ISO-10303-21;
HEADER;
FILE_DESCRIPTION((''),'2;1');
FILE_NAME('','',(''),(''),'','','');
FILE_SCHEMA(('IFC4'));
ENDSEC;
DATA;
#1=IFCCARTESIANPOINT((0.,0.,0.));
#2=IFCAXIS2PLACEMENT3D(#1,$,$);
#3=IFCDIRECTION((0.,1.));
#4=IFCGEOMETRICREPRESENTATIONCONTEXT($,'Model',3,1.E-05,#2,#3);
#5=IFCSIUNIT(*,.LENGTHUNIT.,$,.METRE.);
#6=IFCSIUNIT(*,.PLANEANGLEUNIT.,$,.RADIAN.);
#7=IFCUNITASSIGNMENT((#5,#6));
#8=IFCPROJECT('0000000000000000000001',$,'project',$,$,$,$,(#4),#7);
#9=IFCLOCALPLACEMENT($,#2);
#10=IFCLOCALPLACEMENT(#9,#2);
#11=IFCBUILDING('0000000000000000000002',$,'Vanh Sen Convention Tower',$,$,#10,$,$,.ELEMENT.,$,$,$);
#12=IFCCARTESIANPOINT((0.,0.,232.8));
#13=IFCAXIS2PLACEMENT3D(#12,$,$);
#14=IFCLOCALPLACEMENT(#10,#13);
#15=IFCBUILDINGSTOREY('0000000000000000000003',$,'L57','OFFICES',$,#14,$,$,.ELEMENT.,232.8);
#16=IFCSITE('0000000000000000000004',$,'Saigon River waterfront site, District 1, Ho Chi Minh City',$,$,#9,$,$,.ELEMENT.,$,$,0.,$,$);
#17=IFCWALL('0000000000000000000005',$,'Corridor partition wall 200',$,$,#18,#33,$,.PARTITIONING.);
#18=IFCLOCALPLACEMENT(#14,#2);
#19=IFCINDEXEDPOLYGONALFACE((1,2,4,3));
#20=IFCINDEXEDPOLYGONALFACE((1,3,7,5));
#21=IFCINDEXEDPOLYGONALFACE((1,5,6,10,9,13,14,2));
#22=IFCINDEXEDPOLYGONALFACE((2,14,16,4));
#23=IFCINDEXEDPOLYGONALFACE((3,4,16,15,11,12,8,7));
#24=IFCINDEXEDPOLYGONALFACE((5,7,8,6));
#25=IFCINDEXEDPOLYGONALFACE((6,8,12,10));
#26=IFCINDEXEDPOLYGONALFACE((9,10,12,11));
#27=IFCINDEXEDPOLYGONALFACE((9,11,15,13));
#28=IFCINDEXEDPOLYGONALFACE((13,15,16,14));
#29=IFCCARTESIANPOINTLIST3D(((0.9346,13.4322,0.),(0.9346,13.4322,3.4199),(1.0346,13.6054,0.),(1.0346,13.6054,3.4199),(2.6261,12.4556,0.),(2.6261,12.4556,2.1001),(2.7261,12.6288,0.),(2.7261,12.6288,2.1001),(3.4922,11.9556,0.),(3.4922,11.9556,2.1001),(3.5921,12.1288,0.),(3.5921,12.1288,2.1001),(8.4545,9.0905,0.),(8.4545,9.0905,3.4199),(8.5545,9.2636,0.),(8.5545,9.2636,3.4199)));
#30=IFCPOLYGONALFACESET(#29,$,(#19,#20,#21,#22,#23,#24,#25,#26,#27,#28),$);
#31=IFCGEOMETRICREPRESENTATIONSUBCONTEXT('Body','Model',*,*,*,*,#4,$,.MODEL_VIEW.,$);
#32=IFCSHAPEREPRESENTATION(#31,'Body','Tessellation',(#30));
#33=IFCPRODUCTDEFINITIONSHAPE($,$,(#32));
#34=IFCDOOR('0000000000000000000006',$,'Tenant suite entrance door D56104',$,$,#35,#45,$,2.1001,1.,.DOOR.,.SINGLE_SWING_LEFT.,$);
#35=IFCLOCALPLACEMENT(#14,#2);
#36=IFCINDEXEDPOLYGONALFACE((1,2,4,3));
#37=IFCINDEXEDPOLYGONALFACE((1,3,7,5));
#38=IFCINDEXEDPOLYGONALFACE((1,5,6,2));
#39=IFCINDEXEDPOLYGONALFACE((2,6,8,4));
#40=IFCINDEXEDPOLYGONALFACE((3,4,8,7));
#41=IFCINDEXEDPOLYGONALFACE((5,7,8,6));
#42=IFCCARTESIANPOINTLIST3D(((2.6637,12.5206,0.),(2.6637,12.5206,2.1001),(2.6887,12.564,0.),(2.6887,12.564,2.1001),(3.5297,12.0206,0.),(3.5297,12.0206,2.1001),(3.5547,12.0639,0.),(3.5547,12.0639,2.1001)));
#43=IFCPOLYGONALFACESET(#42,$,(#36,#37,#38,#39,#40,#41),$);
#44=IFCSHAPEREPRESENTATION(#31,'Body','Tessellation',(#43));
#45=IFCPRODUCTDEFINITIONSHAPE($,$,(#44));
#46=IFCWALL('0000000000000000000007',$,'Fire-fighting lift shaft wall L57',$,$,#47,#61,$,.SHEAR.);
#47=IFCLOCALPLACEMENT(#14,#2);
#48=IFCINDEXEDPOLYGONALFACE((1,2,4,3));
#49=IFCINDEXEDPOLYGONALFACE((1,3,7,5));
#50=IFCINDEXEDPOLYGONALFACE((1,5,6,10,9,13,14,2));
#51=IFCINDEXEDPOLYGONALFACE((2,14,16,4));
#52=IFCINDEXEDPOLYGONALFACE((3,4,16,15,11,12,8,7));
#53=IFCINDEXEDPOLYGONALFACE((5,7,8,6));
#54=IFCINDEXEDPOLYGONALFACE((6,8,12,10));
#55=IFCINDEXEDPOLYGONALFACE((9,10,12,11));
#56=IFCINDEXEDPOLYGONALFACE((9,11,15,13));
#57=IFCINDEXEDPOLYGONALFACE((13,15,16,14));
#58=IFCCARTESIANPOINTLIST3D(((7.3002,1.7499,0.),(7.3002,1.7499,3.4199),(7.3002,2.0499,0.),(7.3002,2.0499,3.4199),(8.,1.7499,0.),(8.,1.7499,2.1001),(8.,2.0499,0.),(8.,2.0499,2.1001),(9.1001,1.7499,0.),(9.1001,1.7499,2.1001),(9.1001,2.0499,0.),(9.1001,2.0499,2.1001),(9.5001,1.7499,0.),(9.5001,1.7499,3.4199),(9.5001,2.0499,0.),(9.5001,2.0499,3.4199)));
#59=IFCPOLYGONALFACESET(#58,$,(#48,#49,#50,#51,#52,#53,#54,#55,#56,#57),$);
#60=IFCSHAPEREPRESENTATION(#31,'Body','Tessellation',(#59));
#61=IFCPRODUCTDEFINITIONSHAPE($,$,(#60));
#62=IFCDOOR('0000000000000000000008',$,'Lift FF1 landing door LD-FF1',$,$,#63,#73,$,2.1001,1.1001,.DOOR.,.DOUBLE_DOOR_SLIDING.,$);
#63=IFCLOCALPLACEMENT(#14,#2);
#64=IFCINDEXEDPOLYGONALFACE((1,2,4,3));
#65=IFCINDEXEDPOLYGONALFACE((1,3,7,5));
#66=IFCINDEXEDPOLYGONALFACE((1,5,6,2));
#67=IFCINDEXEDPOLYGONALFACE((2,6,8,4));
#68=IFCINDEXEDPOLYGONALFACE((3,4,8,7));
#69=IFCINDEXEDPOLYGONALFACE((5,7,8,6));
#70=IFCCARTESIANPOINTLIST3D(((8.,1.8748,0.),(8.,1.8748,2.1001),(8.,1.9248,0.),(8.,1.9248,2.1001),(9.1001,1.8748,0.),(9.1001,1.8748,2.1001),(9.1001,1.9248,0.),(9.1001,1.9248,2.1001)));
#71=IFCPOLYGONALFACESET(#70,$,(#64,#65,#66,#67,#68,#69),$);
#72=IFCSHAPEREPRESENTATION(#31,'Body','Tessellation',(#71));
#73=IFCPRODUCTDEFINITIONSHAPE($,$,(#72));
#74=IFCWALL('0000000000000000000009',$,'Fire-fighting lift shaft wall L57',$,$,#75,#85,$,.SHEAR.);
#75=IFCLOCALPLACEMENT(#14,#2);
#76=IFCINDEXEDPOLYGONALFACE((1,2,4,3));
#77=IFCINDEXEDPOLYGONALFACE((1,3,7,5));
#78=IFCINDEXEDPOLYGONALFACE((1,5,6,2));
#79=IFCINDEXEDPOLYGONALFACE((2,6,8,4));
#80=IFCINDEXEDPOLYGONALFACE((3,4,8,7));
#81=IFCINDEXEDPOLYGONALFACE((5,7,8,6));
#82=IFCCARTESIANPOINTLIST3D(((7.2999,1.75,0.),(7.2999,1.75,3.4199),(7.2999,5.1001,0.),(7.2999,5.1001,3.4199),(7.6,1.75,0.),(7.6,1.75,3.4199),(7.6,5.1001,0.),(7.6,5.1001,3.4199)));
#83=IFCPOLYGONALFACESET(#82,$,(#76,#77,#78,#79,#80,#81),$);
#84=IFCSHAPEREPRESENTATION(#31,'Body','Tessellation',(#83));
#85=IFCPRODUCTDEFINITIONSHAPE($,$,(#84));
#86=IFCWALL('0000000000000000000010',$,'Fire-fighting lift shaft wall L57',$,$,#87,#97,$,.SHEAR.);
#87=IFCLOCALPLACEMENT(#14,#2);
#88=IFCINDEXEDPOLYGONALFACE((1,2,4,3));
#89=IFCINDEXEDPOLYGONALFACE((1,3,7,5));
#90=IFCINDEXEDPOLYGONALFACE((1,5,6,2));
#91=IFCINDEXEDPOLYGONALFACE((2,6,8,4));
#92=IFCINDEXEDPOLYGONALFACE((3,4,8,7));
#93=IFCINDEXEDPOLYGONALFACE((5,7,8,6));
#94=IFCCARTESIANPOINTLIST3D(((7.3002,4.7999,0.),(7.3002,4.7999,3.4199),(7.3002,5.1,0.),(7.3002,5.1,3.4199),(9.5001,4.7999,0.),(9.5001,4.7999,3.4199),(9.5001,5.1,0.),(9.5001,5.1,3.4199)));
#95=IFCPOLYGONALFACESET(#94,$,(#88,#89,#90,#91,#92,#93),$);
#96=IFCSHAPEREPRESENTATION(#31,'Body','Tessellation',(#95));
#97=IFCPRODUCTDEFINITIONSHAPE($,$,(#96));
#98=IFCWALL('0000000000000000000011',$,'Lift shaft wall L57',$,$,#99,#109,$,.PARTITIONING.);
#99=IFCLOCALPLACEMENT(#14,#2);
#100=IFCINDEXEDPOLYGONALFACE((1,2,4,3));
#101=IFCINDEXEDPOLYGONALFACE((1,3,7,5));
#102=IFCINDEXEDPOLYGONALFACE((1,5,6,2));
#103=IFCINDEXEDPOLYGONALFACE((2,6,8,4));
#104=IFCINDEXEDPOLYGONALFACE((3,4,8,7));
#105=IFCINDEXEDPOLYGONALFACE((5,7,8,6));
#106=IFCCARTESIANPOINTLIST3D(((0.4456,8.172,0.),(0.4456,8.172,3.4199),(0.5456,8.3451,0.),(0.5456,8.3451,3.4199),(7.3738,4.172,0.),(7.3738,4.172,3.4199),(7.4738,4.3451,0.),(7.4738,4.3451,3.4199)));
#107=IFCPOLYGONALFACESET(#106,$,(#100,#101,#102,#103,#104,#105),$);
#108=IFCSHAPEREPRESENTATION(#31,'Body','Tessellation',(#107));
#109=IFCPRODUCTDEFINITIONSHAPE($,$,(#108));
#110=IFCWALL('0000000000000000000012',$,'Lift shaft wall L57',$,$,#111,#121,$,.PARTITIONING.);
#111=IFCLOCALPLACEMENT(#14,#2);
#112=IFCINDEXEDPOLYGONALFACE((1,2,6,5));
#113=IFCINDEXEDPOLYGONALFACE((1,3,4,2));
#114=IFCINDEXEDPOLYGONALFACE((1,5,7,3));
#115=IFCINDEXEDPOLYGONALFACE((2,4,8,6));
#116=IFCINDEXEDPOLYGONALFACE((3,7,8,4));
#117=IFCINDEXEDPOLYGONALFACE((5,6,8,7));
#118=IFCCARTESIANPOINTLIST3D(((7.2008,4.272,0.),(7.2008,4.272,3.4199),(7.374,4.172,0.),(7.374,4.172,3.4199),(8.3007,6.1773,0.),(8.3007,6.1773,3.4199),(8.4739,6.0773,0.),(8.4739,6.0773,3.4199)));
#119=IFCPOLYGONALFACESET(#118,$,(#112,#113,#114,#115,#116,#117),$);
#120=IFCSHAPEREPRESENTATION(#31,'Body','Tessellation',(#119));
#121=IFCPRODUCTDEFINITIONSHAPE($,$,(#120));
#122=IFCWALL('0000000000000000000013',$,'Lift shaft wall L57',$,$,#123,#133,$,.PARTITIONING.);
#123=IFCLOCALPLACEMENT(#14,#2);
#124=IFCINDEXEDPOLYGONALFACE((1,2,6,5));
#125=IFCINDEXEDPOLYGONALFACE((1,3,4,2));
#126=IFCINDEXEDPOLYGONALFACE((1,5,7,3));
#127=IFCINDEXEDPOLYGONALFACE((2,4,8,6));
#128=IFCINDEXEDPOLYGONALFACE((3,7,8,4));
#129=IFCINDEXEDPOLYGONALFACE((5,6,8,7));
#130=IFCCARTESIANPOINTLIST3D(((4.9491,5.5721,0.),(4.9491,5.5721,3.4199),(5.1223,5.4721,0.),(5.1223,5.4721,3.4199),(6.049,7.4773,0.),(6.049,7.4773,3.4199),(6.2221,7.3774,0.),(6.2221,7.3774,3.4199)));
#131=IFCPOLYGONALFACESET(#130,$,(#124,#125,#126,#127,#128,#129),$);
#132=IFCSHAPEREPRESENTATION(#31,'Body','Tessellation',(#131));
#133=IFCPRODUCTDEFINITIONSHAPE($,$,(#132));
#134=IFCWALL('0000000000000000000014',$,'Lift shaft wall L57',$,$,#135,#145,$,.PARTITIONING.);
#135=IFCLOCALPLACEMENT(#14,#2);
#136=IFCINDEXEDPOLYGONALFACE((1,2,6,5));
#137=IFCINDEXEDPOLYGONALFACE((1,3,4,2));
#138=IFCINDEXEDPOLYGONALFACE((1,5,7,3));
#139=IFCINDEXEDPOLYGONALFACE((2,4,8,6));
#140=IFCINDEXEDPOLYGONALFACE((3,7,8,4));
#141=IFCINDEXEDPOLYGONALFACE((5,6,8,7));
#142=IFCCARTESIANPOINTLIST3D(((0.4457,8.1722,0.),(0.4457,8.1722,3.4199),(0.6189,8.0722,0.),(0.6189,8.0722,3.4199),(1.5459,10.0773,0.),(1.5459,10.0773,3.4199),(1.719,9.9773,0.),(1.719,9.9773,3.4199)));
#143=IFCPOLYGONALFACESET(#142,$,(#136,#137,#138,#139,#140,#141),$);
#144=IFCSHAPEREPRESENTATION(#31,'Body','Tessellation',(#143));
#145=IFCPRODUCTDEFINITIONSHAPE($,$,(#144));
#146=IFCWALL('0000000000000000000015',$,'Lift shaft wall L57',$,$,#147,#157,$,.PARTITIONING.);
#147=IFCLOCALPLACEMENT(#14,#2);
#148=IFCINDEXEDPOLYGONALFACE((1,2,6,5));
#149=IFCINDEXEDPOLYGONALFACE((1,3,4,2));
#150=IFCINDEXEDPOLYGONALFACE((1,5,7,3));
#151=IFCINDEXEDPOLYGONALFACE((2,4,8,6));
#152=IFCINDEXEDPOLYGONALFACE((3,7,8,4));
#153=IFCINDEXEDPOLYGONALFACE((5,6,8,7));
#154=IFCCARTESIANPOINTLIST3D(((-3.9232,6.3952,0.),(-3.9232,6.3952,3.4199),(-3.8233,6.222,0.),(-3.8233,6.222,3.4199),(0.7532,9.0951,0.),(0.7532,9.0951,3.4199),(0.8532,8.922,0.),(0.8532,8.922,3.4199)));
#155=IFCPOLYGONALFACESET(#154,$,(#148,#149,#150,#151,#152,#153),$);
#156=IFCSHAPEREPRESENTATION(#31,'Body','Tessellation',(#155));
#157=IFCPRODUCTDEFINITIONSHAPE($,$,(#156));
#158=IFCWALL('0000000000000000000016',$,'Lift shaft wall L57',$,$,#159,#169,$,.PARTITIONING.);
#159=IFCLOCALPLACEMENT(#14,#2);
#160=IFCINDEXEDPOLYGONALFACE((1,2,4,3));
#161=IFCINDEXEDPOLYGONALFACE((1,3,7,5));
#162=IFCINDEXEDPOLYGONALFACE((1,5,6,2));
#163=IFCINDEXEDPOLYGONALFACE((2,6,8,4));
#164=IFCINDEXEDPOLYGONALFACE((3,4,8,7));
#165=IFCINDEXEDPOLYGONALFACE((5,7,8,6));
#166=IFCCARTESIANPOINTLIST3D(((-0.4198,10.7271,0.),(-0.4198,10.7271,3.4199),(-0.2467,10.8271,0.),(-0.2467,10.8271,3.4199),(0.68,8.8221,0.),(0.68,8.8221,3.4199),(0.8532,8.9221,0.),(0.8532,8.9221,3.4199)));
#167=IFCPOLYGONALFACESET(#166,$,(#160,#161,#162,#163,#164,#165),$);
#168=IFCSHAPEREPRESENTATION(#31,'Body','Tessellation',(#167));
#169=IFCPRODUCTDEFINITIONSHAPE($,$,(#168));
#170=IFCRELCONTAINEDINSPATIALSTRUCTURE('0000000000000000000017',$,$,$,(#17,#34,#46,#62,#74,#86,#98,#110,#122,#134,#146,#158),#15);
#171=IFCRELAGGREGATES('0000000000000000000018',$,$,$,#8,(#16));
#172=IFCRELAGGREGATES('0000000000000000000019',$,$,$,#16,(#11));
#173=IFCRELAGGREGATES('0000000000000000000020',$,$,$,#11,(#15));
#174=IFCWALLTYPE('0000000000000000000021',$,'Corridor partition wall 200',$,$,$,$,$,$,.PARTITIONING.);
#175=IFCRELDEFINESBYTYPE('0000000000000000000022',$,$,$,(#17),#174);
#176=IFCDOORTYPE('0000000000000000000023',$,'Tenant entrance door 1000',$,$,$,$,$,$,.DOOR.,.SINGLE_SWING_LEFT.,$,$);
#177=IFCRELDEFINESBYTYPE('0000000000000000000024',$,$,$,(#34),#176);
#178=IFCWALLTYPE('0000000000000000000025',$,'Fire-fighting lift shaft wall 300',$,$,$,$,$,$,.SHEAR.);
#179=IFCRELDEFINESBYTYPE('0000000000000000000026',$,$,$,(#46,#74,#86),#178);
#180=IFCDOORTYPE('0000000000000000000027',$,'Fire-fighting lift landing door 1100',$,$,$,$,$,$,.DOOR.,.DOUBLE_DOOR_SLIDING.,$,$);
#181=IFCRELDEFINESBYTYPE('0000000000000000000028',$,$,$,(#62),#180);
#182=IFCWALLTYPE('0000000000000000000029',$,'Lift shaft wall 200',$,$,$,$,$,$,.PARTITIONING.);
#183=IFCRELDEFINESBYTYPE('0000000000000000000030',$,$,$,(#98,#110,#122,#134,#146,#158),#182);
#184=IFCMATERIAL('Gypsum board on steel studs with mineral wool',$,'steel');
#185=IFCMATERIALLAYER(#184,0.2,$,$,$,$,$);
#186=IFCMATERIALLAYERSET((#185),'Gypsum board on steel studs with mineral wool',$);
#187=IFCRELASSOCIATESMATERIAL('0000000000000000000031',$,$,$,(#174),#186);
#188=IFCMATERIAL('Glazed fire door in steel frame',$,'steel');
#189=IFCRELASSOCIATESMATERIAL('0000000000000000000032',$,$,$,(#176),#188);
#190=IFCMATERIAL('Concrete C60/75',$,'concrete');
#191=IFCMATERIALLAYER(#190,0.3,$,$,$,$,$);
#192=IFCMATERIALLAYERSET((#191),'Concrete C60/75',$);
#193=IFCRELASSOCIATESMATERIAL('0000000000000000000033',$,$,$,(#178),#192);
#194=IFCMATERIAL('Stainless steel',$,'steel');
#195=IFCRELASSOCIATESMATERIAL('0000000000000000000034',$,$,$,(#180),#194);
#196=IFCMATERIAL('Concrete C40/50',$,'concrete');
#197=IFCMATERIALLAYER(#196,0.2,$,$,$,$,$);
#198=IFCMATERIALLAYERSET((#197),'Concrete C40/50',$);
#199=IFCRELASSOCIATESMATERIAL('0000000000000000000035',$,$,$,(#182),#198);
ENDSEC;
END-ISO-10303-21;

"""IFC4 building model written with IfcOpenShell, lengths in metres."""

from ifc_helpers import new_model, si_unit, direction, frame, frame_2d, origin, place, context, subcontext, project, spatial, rectangle, extrude, material, layer, layer_set, type_object, element, fill, save


model = new_model("IFC4")

# Units and contexts
model_context = context("Model", 3, precision=1e-05, world=origin(), true_north=direction((0.0, 1.0)))
body_context = subcontext(model_context, "Body", "Model", "MODEL_VIEW")
ifc_project = project(units=[si_unit("LENGTHUNIT", "METRE"), si_unit("PLANEANGLEUNIT", "RADIAN")], contexts=[model_context])

# Site, building, storey
site_placement = place(None, origin())
site = spatial("IfcSite", under=ifc_project, at=site_placement, Name="Saigon River waterfront site, District 1, Ho Chi Minh City", CompositionType="ELEMENT", RefElevation=0.0)
building_placement = place(site_placement, origin())
building = spatial("IfcBuilding", under=site, at=building_placement, Name="Vanh Sen Convention Tower", CompositionType="ELEMENT")
storey_placement = place(building_placement, frame((0.0, 0.0, 232.8)))
storey = spatial("IfcBuildingStorey", under=building, at=storey_placement, Name="L57", Description="OFFICES", CompositionType="ELEMENT", Elevation=232.8)

# Shared definitions
ifc_material_1 = material(Name="Concrete C60/75", Category="concrete")

# Walls, openings, doors
ifc_material_2 = material(Name="Gypsum board on steel studs with mineral wool", Category="steel")
ifc_layer_1 = layer(ifc_material_2, 0.2)
ifc_layer_set_1 = layer_set([ifc_layer_1], Name="Gypsum board on steel studs with mineral wool")
wall_type_1 = type_object("IfcWallType", Name="Corridor partition wall 200", PredefinedType="PARTITIONING", material=ifc_layer_set_1)
wall_1_placement = place(storey_placement, frame((8.5046, 9.177, 0.0), z_axis=(0.0, 0.0, 1.0), x_axis=(-0.86602, 0.50001, 0.0)))
wall_1 = element("IfcWall", 1, at=wall_1_placement, inside=storey, type_object=wall_type_1, Name="Corridor partition wall 200", PredefinedType="PARTITIONING", context=body_context, shape_type="SweptSolid", body=[
    extrude(rectangle(XDim=8.6833, YDim=0.2, at=frame_2d((4.3418, 0.0))), origin(), (0.0, 0.0, 1.0), 3.4199),
])
opening_1_placement = place(wall_1_placement, frame((5.7302, 0.0, 0.0)))
opening_1 = element("IfcOpeningElement", 2, at=opening_1_placement, cuts=wall_1, PredefinedType="OPENING", context=body_context, shape_type="SweptSolid", body=[
    extrude(rectangle(XDim=1.0, YDim=2.1001, at=frame_2d((0.5, 1.05))), frame((0.0, 0.1099, 0.0), z_axis=(0.0, -1.0, 0.0), x_axis=(1.0, 0.0, 0.0)), (0.0, 0.0, 1.0), 0.22),
])
ifc_material_3 = material(Name="Glazed fire door in steel frame", Category="steel")
door_type_1 = type_object("IfcDoorType", Name="Tenant entrance door 1000", OperationType="SINGLE_SWING_LEFT", PredefinedType="DOOR", material=ifc_material_3)
door_1_placement = place(opening_1_placement, origin())
door_1 = element("IfcDoor", 3, at=door_1_placement, inside=storey, type_object=door_type_1, Name="Tenant suite entrance door D56104", OperationType="SINGLE_SWING_LEFT", OverallHeight=2.1001, OverallWidth=1.0, PredefinedType="DOOR", context=body_context, shape_type="SweptSolid", body=[
    extrude(rectangle(XDim=1.0, YDim=2.1001, at=frame_2d((0.5, 1.05))), frame((0.0, 0.0249, 0.0), z_axis=(0.0, -1.0, 0.0), x_axis=(1.0, 0.0, 0.0)), (0.0, 0.0, 1.0), 0.05),
])
fill(opening_1, door_1)
ifc_layer_2 = layer(ifc_material_1, 0.3)
ifc_layer_set_2 = layer_set([ifc_layer_2], Name="Concrete C60/75")
wall_type_2 = type_object("IfcWallType", Name="Fire-fighting lift shaft wall 300", PredefinedType="SHEAR", material=ifc_layer_set_2)
wall_2_placement = place(storey_placement, frame((7.3, 1.8999, 0.0), z_axis=(0.0, 0.0, 1.0), x_axis=(1.0, 0.0, 0.0)))
wall_2 = element("IfcWall", 4, at=wall_2_placement, inside=storey, type_object=wall_type_2, Name="Fire-fighting lift shaft wall L57", PredefinedType="SHEAR", context=body_context, shape_type="SweptSolid", body=[
    extrude(rectangle(XDim=2.2, YDim=0.3, at=frame_2d((1.1001, 0.0))), origin(), (0.0, 0.0, 1.0), 3.4199),
])
opening_2_placement = place(wall_2_placement, frame((0.7, 0.0, 0.0)))
opening_2 = element("IfcOpeningElement", 5, at=opening_2_placement, cuts=wall_2, PredefinedType="OPENING", context=body_context, shape_type="SweptSolid", body=[
    extrude(rectangle(XDim=1.1001, YDim=2.1001, at=frame_2d((0.55, 1.05))), frame((0.0, 0.1599, 0.0), z_axis=(0.0, -1.0, 0.0), x_axis=(1.0, 0.0, 0.0)), (0.0, 0.0, 1.0), 0.3201),
])
ifc_material_4 = material(Name="Stainless steel", Category="steel")
door_type_2 = type_object("IfcDoorType", Name="Fire-fighting lift landing door 1100", OperationType="DOUBLE_DOOR_SLIDING", PredefinedType="DOOR", material=ifc_material_4)
door_2_placement = place(opening_2_placement, origin())
door_2 = element("IfcDoor", 6, at=door_2_placement, inside=storey, type_object=door_type_2, Name="Lift FF1 landing door LD-FF1", OperationType="DOUBLE_DOOR_SLIDING", OverallHeight=2.1001, OverallWidth=1.1001, PredefinedType="DOOR", context=body_context, shape_type="SweptSolid", body=[
    extrude(rectangle(XDim=1.1001, YDim=2.1001, at=frame_2d((0.55, 1.05))), frame((0.0, 0.0249, 0.0), z_axis=(0.0, -1.0, 0.0), x_axis=(1.0, 0.0, 0.0)), (0.0, 0.0, 1.0), 0.05),
])
fill(opening_2, door_2)

# Walls
wall_3_placement = place(storey_placement, frame((7.45, 1.75, 0.0), z_axis=(0.0, 0.0, 1.0), x_axis=(0.0, 1.0, 0.0)))
element("IfcWall", 7, at=wall_3_placement, inside=storey, type_object=wall_type_2, Name="Fire-fighting lift shaft wall L57", PredefinedType="SHEAR", context=body_context, shape_type="SweptSolid", body=[
    extrude(rectangle(XDim=3.3501, YDim=0.3, at=frame_2d((1.675, 0.0))), origin(), (0.0, 0.0, 1.0), 3.4199),
])
wall_4_placement = place(storey_placement, frame((7.3, 4.95, 0.0), z_axis=(0.0, 0.0, 1.0), x_axis=(1.0, 0.0, 0.0)))
element("IfcWall", 8, at=wall_4_placement, inside=storey, type_object=wall_type_2, Name="Fire-fighting lift shaft wall L57", PredefinedType="SHEAR", context=body_context, shape_type="SweptSolid", body=[
    extrude(rectangle(XDim=2.2, YDim=0.3, at=frame_2d((1.1001, 0.0))), origin(), (0.0, 0.0, 1.0), 3.4199),
])
ifc_material_5 = material(Name="Concrete C40/50", Category="concrete")
ifc_layer_3 = layer(ifc_material_5, 0.2)
ifc_layer_set_3 = layer_set([ifc_layer_3], Name="Concrete C40/50")
wall_type_3 = type_object("IfcWallType", Name="Lift shaft wall 200", PredefinedType="PARTITIONING", material=ifc_layer_set_3)
wall_5_placement = place(storey_placement, frame((7.4238, 4.2585, 0.0), z_axis=(0.0, 0.0, 1.0), x_axis=(-0.866026, 0.499999, 0.0)))
element("IfcWall", 9, at=wall_5_placement, inside=storey, type_object=wall_type_3, Name="Lift shaft wall L57", PredefinedType="PARTITIONING", context=body_context, shape_type="SweptSolid", body=[
    extrude(rectangle(XDim=8.0, YDim=0.2, at=frame_2d((4.0, 0.0))), origin(), (0.0, 0.0, 1.0), 3.4199),
])
for number, where, z_axis, x_axis, name in (
    (10, (7.2874, 4.2219, 0.0), (0.0, 0.0, 1.0), (0.499947, 0.866056, 0.0), "Lift shaft wall L57"),
    (11, (5.0356, 5.522, 0.0), (0.0, 0.0, 1.0), (0.499947, 0.866056, 0.0), "Lift shaft wall L57"),
    (12, (0.5322, 8.1221, 0.0), (0.0, 0.0, 1.0), (0.500078, 0.86598, 0.0), "Lift shaft wall L57"),
):
    element("IfcWall", number, at=place(storey_placement, frame(where, z_axis=z_axis, x_axis=x_axis)), inside=storey, type_object=wall_type_3, Name=name, PredefinedType="PARTITIONING", context=body_context, shape_type="SweptSolid", body=[
        extrude(rectangle(XDim=2.2, YDim=0.2, at=frame_2d((1.1001, 0.0))), origin(), (0.0, 0.0, 1.0), 3.4199),
    ])
wall_6_placement = place(storey_placement, frame((0.8032, 9.0085, 0.0), z_axis=(0.0, 0.0, 1.0), x_axis=(-0.866028, -0.499995, 0.0)))
element("IfcWall", 13, at=wall_6_placement, inside=storey, type_object=wall_type_3, Name="Lift shaft wall L57", PredefinedType="PARTITIONING", context=body_context, shape_type="SweptSolid", body=[
    extrude(rectangle(XDim=5.3999, YDim=0.2, at=frame_2d((2.7, 0.0))), origin(), (0.0, 0.0, 1.0), 3.4199),
])
wall_7_placement = place(storey_placement, frame((0.7666, 8.8721, 0.0), z_axis=(0.0, 0.0, 1.0), x_axis=(-0.499995, 0.866028, 0.0)))
element("IfcWall", 14, at=wall_7_placement, inside=storey, type_object=wall_type_3, Name="Lift shaft wall L57", PredefinedType="PARTITIONING", context=body_context, shape_type="SweptSolid", body=[
    extrude(rectangle(XDim=2.1997, YDim=0.2, at=frame_2d((1.0999, 0.0))), origin(), (0.0, 0.0, 1.0), 3.4199),
])

save(model, "model.ifc")
